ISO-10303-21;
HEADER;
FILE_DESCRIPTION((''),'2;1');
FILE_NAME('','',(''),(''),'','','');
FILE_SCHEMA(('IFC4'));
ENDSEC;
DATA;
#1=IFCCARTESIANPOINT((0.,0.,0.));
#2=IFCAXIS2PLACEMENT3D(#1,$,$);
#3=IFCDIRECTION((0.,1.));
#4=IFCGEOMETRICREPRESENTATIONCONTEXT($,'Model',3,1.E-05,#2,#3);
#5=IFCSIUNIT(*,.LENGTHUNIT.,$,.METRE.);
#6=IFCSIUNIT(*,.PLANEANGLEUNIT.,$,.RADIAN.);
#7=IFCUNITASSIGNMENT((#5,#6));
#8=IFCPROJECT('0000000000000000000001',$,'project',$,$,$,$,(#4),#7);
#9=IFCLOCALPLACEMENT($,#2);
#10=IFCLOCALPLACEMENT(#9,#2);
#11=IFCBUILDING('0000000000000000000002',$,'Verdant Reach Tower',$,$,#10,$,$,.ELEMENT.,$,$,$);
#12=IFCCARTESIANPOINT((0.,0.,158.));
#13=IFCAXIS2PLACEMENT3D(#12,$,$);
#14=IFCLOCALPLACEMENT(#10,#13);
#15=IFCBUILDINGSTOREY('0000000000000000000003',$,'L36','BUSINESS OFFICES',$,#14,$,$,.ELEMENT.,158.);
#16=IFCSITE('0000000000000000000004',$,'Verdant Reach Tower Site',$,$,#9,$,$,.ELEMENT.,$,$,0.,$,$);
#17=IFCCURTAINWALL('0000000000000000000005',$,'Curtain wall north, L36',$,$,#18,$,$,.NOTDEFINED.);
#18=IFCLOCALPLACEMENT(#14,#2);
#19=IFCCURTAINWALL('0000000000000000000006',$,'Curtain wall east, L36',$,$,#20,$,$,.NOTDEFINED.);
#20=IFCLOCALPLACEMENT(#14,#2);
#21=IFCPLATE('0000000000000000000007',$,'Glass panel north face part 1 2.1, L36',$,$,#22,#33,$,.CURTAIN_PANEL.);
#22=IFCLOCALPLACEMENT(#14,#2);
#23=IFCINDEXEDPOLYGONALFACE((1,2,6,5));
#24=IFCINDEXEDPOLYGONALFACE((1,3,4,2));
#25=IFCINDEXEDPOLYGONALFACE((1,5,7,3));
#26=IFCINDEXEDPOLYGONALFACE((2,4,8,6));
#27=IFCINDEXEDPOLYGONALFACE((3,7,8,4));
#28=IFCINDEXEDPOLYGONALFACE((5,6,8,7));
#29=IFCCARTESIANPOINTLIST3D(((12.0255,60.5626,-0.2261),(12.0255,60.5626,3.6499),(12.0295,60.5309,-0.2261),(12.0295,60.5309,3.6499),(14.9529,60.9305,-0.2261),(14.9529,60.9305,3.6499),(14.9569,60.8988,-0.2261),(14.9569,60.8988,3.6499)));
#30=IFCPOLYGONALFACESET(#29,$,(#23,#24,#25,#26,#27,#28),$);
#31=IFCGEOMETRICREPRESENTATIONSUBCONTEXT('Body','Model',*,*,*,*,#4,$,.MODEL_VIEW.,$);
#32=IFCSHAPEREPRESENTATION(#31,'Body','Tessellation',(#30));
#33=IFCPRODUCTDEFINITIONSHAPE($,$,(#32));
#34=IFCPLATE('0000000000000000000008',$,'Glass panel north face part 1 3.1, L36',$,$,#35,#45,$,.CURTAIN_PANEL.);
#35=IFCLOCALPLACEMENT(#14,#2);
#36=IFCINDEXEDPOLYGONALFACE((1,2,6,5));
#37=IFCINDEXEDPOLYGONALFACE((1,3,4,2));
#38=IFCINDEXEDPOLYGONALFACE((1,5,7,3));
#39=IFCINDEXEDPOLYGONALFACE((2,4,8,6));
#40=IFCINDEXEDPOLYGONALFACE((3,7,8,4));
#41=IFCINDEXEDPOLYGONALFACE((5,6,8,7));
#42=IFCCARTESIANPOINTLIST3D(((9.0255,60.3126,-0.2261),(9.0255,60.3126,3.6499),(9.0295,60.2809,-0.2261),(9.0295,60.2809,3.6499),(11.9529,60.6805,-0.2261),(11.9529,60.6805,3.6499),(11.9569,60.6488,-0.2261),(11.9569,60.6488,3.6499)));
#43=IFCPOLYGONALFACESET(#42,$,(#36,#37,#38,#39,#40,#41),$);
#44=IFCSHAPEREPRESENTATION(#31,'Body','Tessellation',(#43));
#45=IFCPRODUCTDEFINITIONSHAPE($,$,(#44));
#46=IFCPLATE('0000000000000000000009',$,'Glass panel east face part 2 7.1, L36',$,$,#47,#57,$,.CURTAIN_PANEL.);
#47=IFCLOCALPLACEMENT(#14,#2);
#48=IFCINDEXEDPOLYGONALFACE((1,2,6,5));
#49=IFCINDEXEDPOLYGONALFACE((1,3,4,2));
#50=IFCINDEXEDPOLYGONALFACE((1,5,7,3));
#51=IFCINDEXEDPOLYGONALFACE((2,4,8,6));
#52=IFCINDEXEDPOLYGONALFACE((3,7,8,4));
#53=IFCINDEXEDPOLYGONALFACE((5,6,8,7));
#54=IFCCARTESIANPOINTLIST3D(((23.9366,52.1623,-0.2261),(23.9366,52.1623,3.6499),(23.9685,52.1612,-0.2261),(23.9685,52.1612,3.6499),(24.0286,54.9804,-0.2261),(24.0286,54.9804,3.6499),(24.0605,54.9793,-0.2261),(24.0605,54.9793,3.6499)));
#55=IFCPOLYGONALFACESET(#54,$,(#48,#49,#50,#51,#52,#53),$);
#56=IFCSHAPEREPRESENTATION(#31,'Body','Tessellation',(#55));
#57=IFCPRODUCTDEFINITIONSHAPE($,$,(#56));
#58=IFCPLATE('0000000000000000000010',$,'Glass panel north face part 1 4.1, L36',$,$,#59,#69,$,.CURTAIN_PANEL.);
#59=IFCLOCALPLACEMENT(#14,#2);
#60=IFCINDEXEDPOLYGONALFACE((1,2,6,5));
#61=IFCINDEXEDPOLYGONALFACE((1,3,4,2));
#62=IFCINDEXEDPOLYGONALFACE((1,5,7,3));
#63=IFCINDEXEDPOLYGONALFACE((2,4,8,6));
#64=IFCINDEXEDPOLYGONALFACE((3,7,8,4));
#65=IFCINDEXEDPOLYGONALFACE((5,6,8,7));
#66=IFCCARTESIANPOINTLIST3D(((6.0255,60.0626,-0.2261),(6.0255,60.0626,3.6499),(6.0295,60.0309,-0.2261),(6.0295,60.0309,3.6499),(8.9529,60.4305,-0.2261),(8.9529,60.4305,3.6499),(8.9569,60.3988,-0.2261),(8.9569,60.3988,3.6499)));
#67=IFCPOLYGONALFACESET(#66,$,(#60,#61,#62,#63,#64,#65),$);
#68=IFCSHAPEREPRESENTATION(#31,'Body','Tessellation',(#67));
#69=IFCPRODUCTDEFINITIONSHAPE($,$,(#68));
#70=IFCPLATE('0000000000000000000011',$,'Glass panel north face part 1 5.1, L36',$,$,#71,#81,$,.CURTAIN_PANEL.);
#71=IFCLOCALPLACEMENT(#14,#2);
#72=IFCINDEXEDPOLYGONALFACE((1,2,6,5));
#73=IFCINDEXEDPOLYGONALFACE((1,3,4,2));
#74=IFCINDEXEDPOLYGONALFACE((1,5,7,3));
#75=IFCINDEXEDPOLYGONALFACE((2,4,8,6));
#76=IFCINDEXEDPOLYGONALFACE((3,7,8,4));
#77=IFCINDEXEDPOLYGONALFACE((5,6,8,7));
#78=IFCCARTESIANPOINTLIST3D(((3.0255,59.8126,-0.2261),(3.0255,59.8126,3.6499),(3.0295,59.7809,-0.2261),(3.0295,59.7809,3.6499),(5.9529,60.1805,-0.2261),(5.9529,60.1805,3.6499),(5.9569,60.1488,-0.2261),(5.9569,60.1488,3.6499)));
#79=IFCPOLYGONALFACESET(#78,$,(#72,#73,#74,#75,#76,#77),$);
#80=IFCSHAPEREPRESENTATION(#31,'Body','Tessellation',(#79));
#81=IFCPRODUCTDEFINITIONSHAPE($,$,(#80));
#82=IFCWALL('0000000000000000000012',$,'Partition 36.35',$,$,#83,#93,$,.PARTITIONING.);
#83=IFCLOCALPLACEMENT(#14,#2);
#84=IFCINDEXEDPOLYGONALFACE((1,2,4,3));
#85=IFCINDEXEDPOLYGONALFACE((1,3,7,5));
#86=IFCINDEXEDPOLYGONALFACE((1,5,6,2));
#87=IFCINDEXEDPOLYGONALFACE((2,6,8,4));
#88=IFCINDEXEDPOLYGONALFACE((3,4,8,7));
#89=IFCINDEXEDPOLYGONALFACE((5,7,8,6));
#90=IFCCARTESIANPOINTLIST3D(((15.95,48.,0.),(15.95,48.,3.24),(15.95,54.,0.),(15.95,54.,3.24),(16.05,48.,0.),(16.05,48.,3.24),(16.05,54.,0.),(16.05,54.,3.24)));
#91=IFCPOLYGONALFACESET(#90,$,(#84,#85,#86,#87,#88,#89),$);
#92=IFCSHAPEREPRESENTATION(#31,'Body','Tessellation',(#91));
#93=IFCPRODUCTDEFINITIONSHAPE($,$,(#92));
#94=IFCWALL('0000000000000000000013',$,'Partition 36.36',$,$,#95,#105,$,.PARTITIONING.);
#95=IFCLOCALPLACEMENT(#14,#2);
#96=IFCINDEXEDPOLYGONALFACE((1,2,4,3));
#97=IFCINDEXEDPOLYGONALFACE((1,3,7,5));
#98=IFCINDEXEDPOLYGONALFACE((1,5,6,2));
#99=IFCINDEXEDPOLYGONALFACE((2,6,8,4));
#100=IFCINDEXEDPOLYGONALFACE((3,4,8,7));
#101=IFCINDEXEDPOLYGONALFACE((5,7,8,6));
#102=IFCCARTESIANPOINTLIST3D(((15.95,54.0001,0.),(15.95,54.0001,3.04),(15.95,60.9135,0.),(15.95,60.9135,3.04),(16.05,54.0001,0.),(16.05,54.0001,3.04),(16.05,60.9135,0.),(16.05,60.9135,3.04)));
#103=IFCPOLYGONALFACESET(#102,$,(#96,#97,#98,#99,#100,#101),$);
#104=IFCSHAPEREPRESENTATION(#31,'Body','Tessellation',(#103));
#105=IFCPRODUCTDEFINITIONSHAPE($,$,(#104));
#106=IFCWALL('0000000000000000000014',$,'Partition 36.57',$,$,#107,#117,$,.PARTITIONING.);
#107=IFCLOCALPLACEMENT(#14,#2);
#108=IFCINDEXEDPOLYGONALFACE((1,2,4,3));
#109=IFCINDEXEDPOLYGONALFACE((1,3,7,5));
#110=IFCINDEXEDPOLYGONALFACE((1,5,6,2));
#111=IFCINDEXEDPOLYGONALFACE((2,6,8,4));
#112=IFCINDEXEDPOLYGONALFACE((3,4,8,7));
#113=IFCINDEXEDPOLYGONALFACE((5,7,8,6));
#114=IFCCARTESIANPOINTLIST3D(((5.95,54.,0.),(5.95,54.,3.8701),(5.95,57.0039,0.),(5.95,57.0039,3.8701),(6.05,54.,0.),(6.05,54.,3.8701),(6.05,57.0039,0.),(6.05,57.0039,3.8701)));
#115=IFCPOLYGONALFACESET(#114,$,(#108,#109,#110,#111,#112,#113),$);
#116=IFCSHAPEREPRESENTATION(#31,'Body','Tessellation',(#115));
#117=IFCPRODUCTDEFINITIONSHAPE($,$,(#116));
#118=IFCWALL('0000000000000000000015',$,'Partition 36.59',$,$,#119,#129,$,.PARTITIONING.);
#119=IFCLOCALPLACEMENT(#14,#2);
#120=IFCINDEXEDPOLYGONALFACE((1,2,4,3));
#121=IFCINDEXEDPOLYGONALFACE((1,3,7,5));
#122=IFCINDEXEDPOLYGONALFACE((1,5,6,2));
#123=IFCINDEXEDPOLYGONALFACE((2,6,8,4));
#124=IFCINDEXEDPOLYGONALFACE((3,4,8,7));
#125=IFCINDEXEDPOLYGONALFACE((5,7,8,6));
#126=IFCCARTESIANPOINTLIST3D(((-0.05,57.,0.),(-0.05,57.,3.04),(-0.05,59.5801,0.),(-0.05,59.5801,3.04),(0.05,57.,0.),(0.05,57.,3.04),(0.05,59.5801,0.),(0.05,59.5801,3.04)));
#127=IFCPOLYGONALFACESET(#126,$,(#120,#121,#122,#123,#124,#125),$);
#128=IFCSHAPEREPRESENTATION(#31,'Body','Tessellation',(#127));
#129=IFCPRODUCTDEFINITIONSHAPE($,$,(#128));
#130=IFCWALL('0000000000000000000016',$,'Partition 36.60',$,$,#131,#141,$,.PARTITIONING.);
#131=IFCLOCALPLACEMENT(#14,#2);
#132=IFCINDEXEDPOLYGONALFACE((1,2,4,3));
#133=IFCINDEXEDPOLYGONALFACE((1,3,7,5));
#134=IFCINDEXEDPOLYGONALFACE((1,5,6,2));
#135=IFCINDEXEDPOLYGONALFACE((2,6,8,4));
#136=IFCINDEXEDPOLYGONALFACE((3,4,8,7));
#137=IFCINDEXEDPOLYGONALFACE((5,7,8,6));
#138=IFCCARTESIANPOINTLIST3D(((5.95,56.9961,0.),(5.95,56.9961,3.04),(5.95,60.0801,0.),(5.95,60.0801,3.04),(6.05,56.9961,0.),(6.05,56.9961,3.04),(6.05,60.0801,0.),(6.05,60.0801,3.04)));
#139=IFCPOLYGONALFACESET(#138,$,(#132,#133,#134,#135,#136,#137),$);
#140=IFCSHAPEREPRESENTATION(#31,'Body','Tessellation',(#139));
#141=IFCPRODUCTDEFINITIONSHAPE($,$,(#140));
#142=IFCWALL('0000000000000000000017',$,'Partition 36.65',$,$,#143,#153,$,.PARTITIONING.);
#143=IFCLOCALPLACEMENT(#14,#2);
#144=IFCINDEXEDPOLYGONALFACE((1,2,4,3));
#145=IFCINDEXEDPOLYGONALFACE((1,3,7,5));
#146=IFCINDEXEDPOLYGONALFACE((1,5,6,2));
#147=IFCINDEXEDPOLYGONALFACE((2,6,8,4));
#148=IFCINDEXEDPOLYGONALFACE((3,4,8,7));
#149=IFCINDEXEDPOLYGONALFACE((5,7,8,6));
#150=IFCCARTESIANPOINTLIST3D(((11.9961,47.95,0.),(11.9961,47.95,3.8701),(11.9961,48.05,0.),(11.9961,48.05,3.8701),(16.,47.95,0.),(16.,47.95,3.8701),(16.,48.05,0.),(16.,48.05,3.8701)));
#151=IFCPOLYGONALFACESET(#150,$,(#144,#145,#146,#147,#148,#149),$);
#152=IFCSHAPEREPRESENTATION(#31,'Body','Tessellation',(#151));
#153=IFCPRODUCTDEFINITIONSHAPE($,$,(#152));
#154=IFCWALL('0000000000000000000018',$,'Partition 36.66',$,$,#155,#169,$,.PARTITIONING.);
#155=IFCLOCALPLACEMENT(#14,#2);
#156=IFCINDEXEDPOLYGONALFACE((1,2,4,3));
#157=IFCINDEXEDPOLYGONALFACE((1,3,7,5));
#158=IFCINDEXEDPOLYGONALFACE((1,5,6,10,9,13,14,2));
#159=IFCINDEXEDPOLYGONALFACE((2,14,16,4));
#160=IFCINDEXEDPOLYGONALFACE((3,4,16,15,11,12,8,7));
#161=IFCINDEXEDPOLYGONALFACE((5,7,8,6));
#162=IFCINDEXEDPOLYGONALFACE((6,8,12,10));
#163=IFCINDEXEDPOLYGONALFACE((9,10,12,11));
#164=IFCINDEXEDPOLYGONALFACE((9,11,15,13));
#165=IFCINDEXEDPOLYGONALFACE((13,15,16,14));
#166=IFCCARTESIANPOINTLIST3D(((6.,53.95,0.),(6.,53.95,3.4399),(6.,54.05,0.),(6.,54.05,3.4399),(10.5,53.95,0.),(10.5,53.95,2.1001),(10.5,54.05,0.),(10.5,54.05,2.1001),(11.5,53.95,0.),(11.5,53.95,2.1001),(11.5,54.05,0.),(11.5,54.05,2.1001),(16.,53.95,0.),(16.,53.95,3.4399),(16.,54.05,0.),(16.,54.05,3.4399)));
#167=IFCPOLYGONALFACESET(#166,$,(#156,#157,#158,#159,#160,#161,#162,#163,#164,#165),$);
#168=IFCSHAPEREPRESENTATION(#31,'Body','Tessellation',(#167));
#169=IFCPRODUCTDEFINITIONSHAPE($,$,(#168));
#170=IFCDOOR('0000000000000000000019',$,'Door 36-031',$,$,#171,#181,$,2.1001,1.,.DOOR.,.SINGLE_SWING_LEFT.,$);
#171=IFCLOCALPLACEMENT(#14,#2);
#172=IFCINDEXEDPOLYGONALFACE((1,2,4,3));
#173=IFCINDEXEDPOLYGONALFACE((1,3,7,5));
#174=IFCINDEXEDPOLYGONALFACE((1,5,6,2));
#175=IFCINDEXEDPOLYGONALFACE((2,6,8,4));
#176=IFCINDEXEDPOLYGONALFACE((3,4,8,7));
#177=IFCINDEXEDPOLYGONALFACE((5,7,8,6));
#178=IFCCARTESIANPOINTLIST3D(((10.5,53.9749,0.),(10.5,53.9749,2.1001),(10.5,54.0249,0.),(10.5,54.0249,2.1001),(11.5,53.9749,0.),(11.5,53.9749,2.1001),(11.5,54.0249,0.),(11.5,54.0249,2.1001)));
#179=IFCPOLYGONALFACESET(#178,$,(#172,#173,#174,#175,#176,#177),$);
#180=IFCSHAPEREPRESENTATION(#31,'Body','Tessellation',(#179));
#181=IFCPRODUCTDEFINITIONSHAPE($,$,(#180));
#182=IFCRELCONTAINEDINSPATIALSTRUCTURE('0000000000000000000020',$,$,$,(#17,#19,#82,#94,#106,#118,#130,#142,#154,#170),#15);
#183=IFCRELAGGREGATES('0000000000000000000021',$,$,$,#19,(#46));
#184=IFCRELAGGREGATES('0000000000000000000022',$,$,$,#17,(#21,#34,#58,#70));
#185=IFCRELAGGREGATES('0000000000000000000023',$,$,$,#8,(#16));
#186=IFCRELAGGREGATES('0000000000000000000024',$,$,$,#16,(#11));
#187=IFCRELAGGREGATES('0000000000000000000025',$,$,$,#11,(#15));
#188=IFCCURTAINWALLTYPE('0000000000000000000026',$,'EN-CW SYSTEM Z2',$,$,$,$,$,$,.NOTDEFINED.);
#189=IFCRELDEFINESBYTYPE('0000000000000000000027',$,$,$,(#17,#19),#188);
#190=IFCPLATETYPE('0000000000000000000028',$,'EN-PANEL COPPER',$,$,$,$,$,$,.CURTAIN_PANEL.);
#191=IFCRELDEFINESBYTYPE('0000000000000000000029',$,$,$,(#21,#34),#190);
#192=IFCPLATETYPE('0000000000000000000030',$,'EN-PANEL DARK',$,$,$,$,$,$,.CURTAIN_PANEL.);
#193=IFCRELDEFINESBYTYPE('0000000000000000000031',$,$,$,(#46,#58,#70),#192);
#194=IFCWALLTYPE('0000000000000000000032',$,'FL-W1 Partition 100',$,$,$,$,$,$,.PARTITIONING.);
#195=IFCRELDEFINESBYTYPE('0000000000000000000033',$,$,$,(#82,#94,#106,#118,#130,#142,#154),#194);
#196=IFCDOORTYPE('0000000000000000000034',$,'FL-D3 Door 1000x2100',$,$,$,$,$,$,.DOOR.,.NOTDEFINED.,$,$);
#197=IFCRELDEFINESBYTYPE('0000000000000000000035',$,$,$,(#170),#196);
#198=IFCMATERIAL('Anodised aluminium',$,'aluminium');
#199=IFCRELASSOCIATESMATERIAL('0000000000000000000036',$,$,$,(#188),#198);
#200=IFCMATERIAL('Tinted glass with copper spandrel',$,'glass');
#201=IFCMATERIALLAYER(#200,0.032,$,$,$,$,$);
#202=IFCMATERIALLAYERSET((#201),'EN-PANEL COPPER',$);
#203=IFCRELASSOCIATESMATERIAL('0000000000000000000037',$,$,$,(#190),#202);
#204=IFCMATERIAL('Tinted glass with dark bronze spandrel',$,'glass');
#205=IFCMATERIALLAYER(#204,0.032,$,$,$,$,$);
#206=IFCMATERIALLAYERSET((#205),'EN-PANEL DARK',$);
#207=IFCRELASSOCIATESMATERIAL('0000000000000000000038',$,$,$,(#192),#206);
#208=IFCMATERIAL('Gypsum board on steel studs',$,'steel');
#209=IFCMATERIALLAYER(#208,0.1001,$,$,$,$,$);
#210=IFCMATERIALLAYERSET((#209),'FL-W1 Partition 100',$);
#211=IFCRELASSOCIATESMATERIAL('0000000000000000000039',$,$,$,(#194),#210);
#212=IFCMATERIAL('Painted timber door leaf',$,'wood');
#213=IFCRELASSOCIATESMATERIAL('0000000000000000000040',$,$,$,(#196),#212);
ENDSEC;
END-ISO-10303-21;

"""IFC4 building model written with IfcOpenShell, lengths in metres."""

from ifc_helpers import new_model, si_unit, direction, frame, frame_2d, origin, origin_2d, place, context, subcontext, project, spatial, rectangle, extrude, material, layer, layer_set, type_object, element, fill, aggregate, save


model = new_model("IFC4")

# Units and contexts
model_context = context("Model", 3, precision=1e-05, world=origin(), true_north=direction((0.0, 1.0)))
body_context = subcontext(model_context, "Body", "Model", "MODEL_VIEW")
ifc_project = project(units=[si_unit("LENGTHUNIT", "METRE"), si_unit("PLANEANGLEUNIT", "RADIAN")], contexts=[model_context])

# Site, building, storey
site_placement = place(None, origin())
site = spatial("IfcSite", under=ifc_project, at=site_placement, Name="Verdant Reach Tower Site", CompositionType="ELEMENT", RefElevation=0.0)
building_placement = place(site_placement, origin())
building = spatial("IfcBuilding", under=site, at=building_placement, Name="Verdant Reach Tower", CompositionType="ELEMENT")
storey_placement = place(building_placement, frame((0.0, 0.0, 158.0)))
storey = spatial("IfcBuildingStorey", under=building, at=storey_placement, Name="L36", Description="BUSINESS OFFICES", CompositionType="ELEMENT", Elevation=158.0)

# Curtain wall
ifc_material_1 = material(Name="Anodised aluminium", Category="aluminium")
curtain_wall_type = type_object("IfcCurtainWallType", Name="EN-CW SYSTEM Z2", PredefinedType="NOTDEFINED", material=ifc_material_1)
curtain_wall_1_placement = place(storey_placement, origin())
curtain_wall_1 = element("IfcCurtainWall", 1, at=curtain_wall_1_placement, inside=storey, type_object=curtain_wall_type, Name="Curtain wall north, L36", PredefinedType="NOTDEFINED")

# Curtain wall
curtain_wall_2_placement = place(storey_placement, origin())
curtain_wall_2 = element("IfcCurtainWall", 2, at=curtain_wall_2_placement, inside=storey, type_object=curtain_wall_type, Name="Curtain wall east, L36", PredefinedType="NOTDEFINED")
ifc_material_2 = material(Name="Tinted glass with copper spandrel", Category="glass")
ifc_layer_1 = layer(ifc_material_2, 0.032)
ifc_layer_set_1 = layer_set([ifc_layer_1], Name="EN-PANEL COPPER")
plate_type_1 = type_object("IfcPlateType", Name="EN-PANEL COPPER", PredefinedType="CURTAIN_PANEL", material=ifc_layer_set_1)

# Plates
plate_1_placement = place(storey_placement, frame((13.4912, 60.7307, -0.2261), z_axis=(0.0, 0.0, 1.0), x_axis=(-0.992194, -0.124704, 0.0)))
plate_1 = element("IfcPlate", 3, at=plate_1_placement, type_object=plate_type_1, Name="Glass panel north face part 1 2.1, L36", PredefinedType="CURTAIN_PANEL", context=body_context, shape_type="SweptSolid", body=[
    extrude(rectangle(XDim=2.9504, YDim=0.032, at=origin_2d()), origin(), (0.0, 0.0, 1.0), 3.876),
])
plate_2_placement = place(storey_placement, frame((10.4912, 60.4807, -0.2261), z_axis=(0.0, 0.0, 1.0), x_axis=(-0.992194, -0.124704, 0.0)))
plate_2 = element("IfcPlate", 4, at=plate_2_placement, type_object=plate_type_1, Name="Glass panel north face part 1 3.1, L36", PredefinedType="CURTAIN_PANEL", context=body_context, shape_type="SweptSolid", body=[
    extrude(rectangle(XDim=2.9504, YDim=0.032, at=origin_2d()), origin(), (0.0, 0.0, 1.0), 3.876),
])
ifc_material_3 = material(Name="Tinted glass with dark bronze spandrel", Category="glass")
ifc_layer_2 = layer(ifc_material_3, 0.032)
ifc_layer_set_2 = layer_set([ifc_layer_2], Name="EN-PANEL DARK")
plate_type_2 = type_object("IfcPlateType", Name="EN-PANEL DARK", PredefinedType="CURTAIN_PANEL", material=ifc_layer_set_2)
plate_3_placement = place(storey_placement, frame((23.9985, 53.5708, -0.2261), z_axis=(0.0, 0.0, 1.0), x_axis=(0.032628, 0.999468, 0.0)))
plate_3 = element("IfcPlate", 5, at=plate_3_placement, type_object=plate_type_2, Name="Glass panel east face part 2 7.1, L36", PredefinedType="CURTAIN_PANEL", context=body_context, shape_type="SweptSolid", body=[
    extrude(rectangle(XDim=2.8196, YDim=0.032, at=origin_2d()), origin(), (0.0, 0.0, 1.0), 3.876),
])
aggregate(curtain_wall_2, [plate_3])
plate_4_placement = place(storey_placement, frame((7.4912, 60.2307, -0.2261), z_axis=(0.0, 0.0, 1.0), x_axis=(-0.992194, -0.124704, 0.0)))
plate_4 = element("IfcPlate", 6, at=plate_4_placement, type_object=plate_type_2, Name="Glass panel north face part 1 4.1, L36", PredefinedType="CURTAIN_PANEL", context=body_context, shape_type="SweptSolid", body=[
    extrude(rectangle(XDim=2.9504, YDim=0.032, at=origin_2d()), origin(), (0.0, 0.0, 1.0), 3.876),
])
plate_5_placement = place(storey_placement, frame((4.4912, 59.9807, -0.2261), z_axis=(0.0, 0.0, 1.0), x_axis=(-0.992194, -0.124704, 0.0)))
plate_5 = element("IfcPlate", 7, at=plate_5_placement, type_object=plate_type_2, Name="Glass panel north face part 1 5.1, L36", PredefinedType="CURTAIN_PANEL", context=body_context, shape_type="SweptSolid", body=[
    extrude(rectangle(XDim=2.9504, YDim=0.032, at=origin_2d()), origin(), (0.0, 0.0, 1.0), 3.876),
])
aggregate(curtain_wall_1, [plate_1, plate_2, plate_4, plate_5])

# Walls
ifc_material_4 = material(Name="Gypsum board on steel studs", Category="steel")
ifc_layer_3 = layer(ifc_material_4, 0.1001)
ifc_layer_set_3 = layer_set([ifc_layer_3], Name="FL-W1 Partition 100")
wall_type = type_object("IfcWallType", Name="FL-W1 Partition 100", PredefinedType="PARTITIONING", material=ifc_layer_set_3)
wall_1_placement = place(storey_placement, frame((16.0, 54.0, 0.0), z_axis=(0.0, 0.0, 1.0), x_axis=(0.0, -1.0, 0.0)))
element("IfcWall", 8, at=wall_1_placement, inside=storey, type_object=wall_type, Name="Partition 36.35", PredefinedType="PARTITIONING", context=body_context, shape_type="SweptSolid", body=[
    extrude(rectangle(XDim=6.0, YDim=0.1001, at=frame_2d((3.0, 0.0))), origin(), (0.0, 0.0, 1.0), 3.24),
])
wall_2_placement = place(storey_placement, frame((16.0, 60.9133, 0.0), z_axis=(0.0, 0.0, 1.0), x_axis=(0.0, -1.0, 0.0)))
element("IfcWall", 9, at=wall_2_placement, inside=storey, type_object=wall_type, Name="Partition 36.36", PredefinedType="PARTITIONING", context=body_context, shape_type="SweptSolid", body=[
    extrude(rectangle(XDim=6.9133, YDim=0.1001, at=frame_2d((3.4565, 0.0))), origin(), (0.0, 0.0, 1.0), 3.04),
])
wall_3_placement = place(storey_placement, frame((6.0, 54.0, 0.0), z_axis=(0.0, 0.0, 1.0), x_axis=(0.0, 1.0, 0.0)))
element("IfcWall", 10, at=wall_3_placement, inside=storey, type_object=wall_type, Name="Partition 36.57", PredefinedType="PARTITIONING", context=body_context, shape_type="SweptSolid", body=[
    extrude(rectangle(XDim=3.0039, YDim=0.1001, at=frame_2d((1.502, 0.0))), origin(), (0.0, 0.0, 1.0), 3.8701),
])
wall_4_placement = place(storey_placement, frame((0.0, 57.0, 0.0), z_axis=(0.0, 0.0, 1.0), x_axis=(0.0, 1.0, 0.0)))
element("IfcWall", 11, at=wall_4_placement, inside=storey, type_object=wall_type, Name="Partition 36.59", PredefinedType="PARTITIONING", context=body_context, shape_type="SweptSolid", body=[
    extrude(rectangle(XDim=2.5801, YDim=0.1001, at=frame_2d((1.29, 0.0))), origin(), (0.0, 0.0, 1.0), 3.04),
])
wall_5_placement = place(storey_placement, frame((6.0, 56.9961, 0.0), z_axis=(0.0, 0.0, 1.0), x_axis=(0.0, 1.0, 0.0)))
element("IfcWall", 12, at=wall_5_placement, inside=storey, type_object=wall_type, Name="Partition 36.60", PredefinedType="PARTITIONING", context=body_context, shape_type="SweptSolid", body=[
    extrude(rectangle(XDim=3.084, YDim=0.1001, at=frame_2d((1.542, 0.0))), origin(), (0.0, 0.0, 1.0), 3.04),
])
wall_6_placement = place(storey_placement, frame((16.0, 48.0, 0.0), z_axis=(0.0, 0.0, 1.0), x_axis=(-1.0, 0.0, 0.0)))
element("IfcWall", 13, at=wall_6_placement, inside=storey, type_object=wall_type, Name="Partition 36.65", PredefinedType="PARTITIONING", context=body_context, shape_type="SweptSolid", body=[
    extrude(rectangle(XDim=4.0039, YDim=0.1001, at=frame_2d((2.002, 0.0))), origin(), (0.0, 0.0, 1.0), 3.8701),
])

# Wall, opening, door
wall_7_placement = place(storey_placement, frame((6.0, 54.0, 0.0), z_axis=(0.0, 0.0, 1.0), x_axis=(1.0, 0.0, 0.0)))
wall_7 = element("IfcWall", 14, at=wall_7_placement, inside=storey, type_object=wall_type, Name="Partition 36.66", PredefinedType="PARTITIONING", context=body_context, shape_type="SweptSolid", body=[
    extrude(rectangle(XDim=10.0, YDim=0.1001, at=frame_2d((5.0, 0.0))), origin(), (0.0, 0.0, 1.0), 3.4399),
])
opening_placement = place(wall_7_placement, frame((4.5, 0.0, 0.0)))
opening = element("IfcOpeningElement", 15, at=opening_placement, cuts=wall_7, PredefinedType="OPENING", context=body_context, shape_type="SweptSolid", body=[
    extrude(rectangle(XDim=1.0, YDim=2.1001, at=frame_2d((0.5, 1.05))), frame((0.0, 0.0601, 0.0), z_axis=(0.0, -1.0, 0.0), x_axis=(1.0, 0.0, 0.0)), (0.0, 0.0, 1.0), 0.1201),
])
ifc_material_5 = material(Name="Painted timber door leaf", Category="wood")
door_type = type_object("IfcDoorType", Name="FL-D3 Door 1000x2100", OperationType="NOTDEFINED", PredefinedType="DOOR", material=ifc_material_5)
door_placement = place(opening_placement, origin())
door = element("IfcDoor", 16, at=door_placement, inside=storey, type_object=door_type, Name="Door 36-031", OperationType="SINGLE_SWING_LEFT", OverallHeight=2.1001, OverallWidth=1.0, PredefinedType="DOOR", context=body_context, shape_type="SweptSolid", body=[
    extrude(rectangle(XDim=1.0, YDim=2.1001, at=frame_2d((0.5, 1.05))), frame((0.0, 0.0249, 0.0), z_axis=(0.0, -1.0, 0.0), x_axis=(1.0, 0.0, 0.0)), (0.0, 0.0, 1.0), 0.05),
])
fill(opening, door)

save(model, "model.ifc")
